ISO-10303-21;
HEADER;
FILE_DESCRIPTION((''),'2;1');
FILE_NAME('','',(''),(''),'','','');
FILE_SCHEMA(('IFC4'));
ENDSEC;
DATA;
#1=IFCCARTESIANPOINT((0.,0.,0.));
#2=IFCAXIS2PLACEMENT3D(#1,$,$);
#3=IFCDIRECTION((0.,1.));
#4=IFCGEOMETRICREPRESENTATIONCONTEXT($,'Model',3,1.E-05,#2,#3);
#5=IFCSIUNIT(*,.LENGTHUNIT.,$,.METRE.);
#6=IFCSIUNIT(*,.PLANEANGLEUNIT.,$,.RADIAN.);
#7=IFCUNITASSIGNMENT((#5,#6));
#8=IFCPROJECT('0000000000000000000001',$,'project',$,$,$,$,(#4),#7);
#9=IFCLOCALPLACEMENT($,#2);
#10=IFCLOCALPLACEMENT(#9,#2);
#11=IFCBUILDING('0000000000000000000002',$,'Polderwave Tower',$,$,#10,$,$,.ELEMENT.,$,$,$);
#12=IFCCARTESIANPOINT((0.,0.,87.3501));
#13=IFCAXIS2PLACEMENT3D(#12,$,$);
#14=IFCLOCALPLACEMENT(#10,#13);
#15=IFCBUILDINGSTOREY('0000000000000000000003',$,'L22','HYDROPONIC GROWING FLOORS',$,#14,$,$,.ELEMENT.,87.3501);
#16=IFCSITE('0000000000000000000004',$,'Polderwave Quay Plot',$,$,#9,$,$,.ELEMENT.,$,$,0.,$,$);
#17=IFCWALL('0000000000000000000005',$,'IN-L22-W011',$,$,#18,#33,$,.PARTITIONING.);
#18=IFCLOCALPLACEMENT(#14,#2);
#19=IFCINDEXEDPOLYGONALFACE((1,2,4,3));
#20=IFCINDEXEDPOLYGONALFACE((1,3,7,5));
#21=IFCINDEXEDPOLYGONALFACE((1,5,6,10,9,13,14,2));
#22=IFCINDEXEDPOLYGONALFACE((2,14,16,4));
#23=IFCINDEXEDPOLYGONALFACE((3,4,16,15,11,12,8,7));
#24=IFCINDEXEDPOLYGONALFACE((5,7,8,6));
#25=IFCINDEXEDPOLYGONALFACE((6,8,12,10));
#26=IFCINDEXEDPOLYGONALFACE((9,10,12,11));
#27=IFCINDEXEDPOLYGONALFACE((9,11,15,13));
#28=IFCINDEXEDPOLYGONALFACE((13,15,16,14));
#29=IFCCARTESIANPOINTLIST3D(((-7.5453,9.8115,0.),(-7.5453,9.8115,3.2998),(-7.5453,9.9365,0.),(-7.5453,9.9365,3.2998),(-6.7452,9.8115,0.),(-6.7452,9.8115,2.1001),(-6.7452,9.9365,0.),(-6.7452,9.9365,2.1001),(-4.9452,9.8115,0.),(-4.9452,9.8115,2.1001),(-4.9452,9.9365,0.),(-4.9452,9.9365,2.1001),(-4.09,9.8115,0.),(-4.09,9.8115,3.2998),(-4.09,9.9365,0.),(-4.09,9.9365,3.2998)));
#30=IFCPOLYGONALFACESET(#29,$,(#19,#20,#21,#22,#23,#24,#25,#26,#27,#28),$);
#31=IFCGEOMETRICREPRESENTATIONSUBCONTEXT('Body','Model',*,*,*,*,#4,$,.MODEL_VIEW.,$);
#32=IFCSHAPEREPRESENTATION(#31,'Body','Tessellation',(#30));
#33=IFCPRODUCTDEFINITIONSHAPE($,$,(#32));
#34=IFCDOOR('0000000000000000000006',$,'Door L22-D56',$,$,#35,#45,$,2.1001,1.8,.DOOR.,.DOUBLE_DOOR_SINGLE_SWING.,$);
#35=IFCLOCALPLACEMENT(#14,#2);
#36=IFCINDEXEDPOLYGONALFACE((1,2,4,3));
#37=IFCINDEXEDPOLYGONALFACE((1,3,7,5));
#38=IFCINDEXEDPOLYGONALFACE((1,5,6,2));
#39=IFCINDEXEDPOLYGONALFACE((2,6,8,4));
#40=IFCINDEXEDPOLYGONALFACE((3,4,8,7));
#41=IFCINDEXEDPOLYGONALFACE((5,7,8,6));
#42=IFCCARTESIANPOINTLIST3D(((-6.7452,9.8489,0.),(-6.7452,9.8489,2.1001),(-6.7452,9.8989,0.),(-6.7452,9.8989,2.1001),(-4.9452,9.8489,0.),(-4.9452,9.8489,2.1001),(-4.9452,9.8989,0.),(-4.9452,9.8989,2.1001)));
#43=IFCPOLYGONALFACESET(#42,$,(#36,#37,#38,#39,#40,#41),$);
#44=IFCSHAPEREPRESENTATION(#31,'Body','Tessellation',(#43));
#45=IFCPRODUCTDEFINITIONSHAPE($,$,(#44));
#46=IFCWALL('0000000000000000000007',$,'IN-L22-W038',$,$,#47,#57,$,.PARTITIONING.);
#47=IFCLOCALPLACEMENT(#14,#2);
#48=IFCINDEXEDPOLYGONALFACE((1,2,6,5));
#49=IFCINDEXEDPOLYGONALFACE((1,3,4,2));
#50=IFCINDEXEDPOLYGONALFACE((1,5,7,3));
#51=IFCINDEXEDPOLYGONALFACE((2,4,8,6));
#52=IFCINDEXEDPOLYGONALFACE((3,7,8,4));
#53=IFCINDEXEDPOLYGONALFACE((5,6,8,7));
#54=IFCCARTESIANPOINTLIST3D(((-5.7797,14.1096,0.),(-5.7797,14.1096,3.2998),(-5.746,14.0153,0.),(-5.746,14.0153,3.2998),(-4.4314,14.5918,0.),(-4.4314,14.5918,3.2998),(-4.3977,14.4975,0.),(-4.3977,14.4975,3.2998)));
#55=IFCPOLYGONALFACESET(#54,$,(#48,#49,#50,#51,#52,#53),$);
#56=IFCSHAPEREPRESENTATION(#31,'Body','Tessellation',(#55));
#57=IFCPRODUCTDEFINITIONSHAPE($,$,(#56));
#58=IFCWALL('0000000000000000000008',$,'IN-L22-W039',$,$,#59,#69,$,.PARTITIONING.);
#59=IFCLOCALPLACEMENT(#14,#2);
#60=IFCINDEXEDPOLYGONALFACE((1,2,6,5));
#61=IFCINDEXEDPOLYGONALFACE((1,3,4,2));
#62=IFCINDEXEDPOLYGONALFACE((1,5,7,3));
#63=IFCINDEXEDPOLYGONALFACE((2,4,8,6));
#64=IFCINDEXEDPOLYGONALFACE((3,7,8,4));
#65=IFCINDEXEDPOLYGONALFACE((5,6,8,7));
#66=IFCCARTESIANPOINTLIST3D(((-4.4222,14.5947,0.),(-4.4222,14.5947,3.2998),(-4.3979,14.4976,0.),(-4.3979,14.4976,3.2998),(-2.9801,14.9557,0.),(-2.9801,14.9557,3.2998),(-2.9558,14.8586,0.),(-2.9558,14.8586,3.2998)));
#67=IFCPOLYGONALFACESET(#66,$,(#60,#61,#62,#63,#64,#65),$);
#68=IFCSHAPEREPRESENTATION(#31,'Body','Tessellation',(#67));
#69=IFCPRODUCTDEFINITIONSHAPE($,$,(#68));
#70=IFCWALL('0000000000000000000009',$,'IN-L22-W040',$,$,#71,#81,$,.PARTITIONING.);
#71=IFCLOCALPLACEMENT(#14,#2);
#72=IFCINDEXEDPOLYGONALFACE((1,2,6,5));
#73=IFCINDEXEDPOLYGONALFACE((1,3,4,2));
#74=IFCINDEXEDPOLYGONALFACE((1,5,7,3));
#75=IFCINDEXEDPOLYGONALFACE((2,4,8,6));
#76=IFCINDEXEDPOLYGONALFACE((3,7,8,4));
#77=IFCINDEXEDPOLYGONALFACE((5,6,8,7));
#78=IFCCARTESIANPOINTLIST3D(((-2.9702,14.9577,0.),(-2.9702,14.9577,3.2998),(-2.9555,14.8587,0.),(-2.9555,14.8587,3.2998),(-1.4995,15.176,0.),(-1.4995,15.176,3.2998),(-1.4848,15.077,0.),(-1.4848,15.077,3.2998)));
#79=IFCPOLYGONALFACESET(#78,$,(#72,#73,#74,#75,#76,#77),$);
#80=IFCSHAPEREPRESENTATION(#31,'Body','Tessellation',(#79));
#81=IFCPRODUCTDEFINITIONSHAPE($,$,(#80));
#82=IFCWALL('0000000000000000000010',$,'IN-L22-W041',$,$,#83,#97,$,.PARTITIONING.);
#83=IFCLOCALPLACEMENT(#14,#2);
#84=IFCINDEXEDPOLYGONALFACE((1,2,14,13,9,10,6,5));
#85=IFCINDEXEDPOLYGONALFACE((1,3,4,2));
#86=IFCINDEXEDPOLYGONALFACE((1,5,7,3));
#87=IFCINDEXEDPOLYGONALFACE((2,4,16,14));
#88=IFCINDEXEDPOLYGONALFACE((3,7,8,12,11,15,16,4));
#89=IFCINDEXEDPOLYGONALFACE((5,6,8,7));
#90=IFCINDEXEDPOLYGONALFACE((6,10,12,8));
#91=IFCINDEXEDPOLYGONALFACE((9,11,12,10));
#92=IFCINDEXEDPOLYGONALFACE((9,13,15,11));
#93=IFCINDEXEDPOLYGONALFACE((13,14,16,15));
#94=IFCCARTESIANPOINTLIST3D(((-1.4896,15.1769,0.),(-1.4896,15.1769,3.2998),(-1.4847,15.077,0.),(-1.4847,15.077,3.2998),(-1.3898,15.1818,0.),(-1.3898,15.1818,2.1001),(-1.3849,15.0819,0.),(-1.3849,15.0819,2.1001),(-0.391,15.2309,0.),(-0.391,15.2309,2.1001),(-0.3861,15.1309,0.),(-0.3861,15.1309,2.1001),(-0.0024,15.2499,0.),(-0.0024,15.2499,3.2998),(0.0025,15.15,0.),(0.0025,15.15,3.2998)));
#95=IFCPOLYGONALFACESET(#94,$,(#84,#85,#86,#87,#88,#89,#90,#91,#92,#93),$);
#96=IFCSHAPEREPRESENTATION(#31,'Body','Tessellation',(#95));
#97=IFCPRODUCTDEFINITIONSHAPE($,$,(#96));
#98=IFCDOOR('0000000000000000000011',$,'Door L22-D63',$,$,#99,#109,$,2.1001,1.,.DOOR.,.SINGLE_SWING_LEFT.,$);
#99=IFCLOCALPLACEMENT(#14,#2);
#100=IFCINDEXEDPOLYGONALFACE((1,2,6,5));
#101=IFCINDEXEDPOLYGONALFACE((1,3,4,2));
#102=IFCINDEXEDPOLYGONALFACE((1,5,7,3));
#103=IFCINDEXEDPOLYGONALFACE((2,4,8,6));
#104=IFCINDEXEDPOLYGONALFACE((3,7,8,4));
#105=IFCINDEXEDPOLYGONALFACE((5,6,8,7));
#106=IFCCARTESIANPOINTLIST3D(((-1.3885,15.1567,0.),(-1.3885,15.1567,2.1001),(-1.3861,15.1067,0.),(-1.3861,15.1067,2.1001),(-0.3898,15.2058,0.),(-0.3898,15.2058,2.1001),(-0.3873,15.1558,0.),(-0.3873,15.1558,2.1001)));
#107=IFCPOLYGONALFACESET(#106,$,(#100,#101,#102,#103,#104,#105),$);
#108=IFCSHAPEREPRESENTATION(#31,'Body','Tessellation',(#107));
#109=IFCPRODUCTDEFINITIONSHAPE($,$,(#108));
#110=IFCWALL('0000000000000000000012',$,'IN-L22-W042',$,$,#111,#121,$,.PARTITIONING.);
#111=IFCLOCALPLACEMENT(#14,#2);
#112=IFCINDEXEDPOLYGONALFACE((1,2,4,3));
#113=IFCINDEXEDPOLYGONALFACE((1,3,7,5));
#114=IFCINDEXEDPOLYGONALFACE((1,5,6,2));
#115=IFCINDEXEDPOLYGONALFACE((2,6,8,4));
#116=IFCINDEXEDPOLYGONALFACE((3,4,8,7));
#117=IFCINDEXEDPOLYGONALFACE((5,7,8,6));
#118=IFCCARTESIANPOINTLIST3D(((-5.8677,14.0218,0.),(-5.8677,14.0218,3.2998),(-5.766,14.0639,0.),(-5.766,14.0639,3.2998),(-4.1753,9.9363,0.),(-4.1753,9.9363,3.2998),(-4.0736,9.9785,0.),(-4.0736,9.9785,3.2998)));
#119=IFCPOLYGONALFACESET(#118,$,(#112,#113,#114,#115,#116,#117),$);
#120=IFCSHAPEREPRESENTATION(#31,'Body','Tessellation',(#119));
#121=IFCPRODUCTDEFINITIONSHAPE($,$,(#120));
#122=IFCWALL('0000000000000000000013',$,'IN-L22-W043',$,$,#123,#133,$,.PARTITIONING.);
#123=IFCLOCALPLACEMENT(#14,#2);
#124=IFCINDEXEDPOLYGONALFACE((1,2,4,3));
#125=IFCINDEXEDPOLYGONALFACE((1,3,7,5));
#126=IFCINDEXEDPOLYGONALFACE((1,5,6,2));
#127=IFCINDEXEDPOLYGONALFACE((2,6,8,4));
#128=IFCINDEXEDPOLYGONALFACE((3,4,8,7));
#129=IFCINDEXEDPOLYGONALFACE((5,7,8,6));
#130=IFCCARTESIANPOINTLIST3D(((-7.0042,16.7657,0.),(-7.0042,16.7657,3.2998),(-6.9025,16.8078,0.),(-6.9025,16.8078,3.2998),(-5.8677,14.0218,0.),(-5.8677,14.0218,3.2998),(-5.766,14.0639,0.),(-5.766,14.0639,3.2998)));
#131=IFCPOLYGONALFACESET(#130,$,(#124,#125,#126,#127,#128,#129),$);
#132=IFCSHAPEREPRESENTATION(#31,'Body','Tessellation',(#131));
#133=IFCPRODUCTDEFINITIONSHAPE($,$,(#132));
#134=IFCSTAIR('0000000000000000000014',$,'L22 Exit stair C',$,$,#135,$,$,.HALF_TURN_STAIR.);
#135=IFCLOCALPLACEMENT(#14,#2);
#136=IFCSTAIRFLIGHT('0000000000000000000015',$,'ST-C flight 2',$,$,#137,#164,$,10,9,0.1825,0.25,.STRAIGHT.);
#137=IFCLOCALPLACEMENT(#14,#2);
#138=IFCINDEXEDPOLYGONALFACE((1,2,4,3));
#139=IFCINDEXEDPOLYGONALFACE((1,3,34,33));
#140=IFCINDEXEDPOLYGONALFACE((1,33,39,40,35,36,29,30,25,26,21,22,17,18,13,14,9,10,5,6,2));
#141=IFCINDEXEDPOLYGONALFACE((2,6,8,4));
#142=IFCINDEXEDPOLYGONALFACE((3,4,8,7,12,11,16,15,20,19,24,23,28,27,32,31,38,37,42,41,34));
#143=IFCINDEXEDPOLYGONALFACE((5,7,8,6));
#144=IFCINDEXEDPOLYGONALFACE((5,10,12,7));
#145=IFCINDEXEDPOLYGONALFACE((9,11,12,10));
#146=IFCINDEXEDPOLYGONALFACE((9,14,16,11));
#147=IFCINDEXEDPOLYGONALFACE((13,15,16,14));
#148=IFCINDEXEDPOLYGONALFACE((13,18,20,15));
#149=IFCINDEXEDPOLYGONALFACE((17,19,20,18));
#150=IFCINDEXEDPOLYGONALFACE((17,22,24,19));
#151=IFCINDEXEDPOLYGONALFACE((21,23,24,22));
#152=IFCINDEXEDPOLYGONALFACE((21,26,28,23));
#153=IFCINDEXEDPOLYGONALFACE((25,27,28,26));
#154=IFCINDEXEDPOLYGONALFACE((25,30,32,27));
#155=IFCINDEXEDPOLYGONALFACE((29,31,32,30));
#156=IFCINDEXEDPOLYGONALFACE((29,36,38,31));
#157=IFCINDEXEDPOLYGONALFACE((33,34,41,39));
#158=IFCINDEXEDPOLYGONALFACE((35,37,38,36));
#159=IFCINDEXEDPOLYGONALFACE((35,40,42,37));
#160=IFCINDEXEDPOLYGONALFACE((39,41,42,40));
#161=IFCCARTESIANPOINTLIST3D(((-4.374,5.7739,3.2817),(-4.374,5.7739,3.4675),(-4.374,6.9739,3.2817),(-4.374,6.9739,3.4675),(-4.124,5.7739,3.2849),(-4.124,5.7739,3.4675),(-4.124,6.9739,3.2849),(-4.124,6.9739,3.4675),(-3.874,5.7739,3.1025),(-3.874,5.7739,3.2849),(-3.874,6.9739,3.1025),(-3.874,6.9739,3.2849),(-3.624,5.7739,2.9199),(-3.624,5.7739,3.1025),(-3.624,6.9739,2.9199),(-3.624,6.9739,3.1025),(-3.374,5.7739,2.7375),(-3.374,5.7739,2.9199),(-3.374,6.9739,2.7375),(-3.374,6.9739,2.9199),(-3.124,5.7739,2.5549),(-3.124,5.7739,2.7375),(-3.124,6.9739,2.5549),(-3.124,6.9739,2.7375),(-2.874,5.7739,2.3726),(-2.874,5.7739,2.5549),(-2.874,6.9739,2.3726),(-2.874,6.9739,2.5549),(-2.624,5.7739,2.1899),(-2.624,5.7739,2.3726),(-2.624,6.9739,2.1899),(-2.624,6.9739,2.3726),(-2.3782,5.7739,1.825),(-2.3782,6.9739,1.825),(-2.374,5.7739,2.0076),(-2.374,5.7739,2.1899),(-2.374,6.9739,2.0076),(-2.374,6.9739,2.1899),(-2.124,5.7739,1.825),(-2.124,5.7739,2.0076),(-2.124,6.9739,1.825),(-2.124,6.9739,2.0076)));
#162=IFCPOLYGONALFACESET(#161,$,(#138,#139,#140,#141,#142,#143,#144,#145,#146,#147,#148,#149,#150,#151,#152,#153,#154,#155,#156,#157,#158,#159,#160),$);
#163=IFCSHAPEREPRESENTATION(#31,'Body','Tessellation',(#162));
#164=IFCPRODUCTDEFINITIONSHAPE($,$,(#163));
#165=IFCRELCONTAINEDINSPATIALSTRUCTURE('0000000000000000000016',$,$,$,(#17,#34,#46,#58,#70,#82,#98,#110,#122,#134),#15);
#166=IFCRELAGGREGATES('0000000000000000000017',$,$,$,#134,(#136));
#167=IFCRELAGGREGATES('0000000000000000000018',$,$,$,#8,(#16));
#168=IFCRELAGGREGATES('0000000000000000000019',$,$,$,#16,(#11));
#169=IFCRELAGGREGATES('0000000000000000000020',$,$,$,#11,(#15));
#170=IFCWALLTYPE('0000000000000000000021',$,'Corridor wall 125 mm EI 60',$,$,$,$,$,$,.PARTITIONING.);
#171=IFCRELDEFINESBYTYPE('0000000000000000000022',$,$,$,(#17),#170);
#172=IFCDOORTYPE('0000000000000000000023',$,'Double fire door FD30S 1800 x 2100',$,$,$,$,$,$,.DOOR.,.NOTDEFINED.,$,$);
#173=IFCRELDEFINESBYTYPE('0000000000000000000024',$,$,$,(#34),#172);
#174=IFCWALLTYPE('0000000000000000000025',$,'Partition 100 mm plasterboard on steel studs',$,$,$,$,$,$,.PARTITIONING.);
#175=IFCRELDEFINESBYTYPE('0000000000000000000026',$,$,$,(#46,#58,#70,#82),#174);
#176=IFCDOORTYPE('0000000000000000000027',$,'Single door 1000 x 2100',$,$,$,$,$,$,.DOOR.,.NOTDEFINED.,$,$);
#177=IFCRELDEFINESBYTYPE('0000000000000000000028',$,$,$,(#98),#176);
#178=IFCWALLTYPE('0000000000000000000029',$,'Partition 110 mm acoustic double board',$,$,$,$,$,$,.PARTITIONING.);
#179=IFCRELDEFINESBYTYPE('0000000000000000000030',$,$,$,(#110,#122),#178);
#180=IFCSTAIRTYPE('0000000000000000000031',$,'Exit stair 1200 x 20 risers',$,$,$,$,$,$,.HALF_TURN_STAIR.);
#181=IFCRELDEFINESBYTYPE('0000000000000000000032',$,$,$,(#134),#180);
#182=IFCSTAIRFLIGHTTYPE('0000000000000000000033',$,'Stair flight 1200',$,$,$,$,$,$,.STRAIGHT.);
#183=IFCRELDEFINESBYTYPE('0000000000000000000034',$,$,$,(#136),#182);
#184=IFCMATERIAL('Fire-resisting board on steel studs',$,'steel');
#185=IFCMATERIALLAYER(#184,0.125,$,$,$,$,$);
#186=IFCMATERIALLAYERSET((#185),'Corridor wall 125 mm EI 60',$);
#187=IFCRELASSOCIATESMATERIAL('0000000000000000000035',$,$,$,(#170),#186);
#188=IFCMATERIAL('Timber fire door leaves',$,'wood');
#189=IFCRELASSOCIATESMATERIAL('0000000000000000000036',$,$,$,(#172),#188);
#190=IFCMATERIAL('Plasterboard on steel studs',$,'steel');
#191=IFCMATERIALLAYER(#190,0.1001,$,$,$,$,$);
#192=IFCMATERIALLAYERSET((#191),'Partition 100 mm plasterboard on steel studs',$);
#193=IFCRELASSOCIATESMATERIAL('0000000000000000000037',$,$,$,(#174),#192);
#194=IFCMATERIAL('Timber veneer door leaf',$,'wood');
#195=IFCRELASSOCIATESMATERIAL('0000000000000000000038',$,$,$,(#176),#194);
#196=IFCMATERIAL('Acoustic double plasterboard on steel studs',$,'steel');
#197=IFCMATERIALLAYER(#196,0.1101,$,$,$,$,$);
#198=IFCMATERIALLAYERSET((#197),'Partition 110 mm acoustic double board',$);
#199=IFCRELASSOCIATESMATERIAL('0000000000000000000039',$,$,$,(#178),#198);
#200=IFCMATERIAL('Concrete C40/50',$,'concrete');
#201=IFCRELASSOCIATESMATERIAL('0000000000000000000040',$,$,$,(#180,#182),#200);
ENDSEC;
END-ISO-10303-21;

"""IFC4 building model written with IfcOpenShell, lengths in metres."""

from ifc_helpers import new_model, si_unit, direction, frame, frame_2d, origin, place, context, subcontext, project, spatial, polyline, rectangle, outline, extrude, material, layer, layer_set, type_object, element, fill, aggregate, save


model = new_model("IFC4")

# Units and contexts
model_context = context("Model", 3, precision=1e-05, world=origin(), true_north=direction((0.0, 1.0)))
body_context = subcontext(model_context, "Body", "Model", "MODEL_VIEW")
ifc_project = project(units=[si_unit("LENGTHUNIT", "METRE"), si_unit("PLANEANGLEUNIT", "RADIAN")], contexts=[model_context])

# Site, building, storey
site_placement = place(None, origin())
site = spatial("IfcSite", under=ifc_project, at=site_placement, Name="Polderwave Quay Plot", CompositionType="ELEMENT", RefElevation=0.0)
building_placement = place(site_placement, origin())
building = spatial("IfcBuilding", under=site, at=building_placement, Name="Polderwave Tower", CompositionType="ELEMENT")
storey_placement = place(building_placement, frame((0.0, 0.0, 87.3501)))
storey = spatial("IfcBuildingStorey", under=building, at=storey_placement, Name="L22", Description="HYDROPONIC GROWING FLOORS", CompositionType="ELEMENT", Elevation=87.3501)

# Wall, opening, door
ifc_material_1 = material(Name="Fire-resisting board on steel studs", Category="steel")
ifc_layer_1 = layer(ifc_material_1, 0.125)
ifc_layer_set_1 = layer_set([ifc_layer_1], Name="Corridor wall 125 mm EI 60")
wall_type_1 = type_object("IfcWallType", Name="Corridor wall 125 mm EI 60", PredefinedType="PARTITIONING", material=ifc_layer_set_1)
wall_1_placement = place(storey_placement, frame((-7.5452, 9.874, 0.0), z_axis=(0.0, 0.0, 1.0), x_axis=(1.0, 0.0, 0.0)))
wall_1 = element("IfcWall", 1, at=wall_1_placement, inside=storey, type_object=wall_type_1, Name="IN-L22-W011", PredefinedType="PARTITIONING", context=body_context, shape_type="SweptSolid", body=[
    extrude(rectangle(XDim=3.4553, YDim=0.125, at=frame_2d((1.7275, 0.0))), origin(), (0.0, 0.0, 1.0), 3.2998),
])
opening_1_placement = place(wall_1_placement, frame((0.8, 0.0, 0.0)))
opening_1 = element("IfcOpeningElement", 2, at=opening_1_placement, cuts=wall_1, PredefinedType="OPENING", context=body_context, shape_type="SweptSolid", body=[
    extrude(rectangle(XDim=1.8, YDim=2.1001, at=frame_2d((0.8999, 1.05))), frame((0.0, 0.0725, 0.0), z_axis=(0.0, -1.0, 0.0), x_axis=(1.0, 0.0, 0.0)), (0.0, 0.0, 1.0), 0.145),
])
ifc_material_2 = material(Name="Timber fire door leaves", Category="wood")
door_type_1 = type_object("IfcDoorType", Name="Double fire door FD30S 1800 x 2100", OperationType="NOTDEFINED", PredefinedType="DOOR", material=ifc_material_2)
door_1_placement = place(opening_1_placement, origin())
door_1 = element("IfcDoor", 3, at=door_1_placement, inside=storey, type_object=door_type_1, Name="Door L22-D56", OperationType="DOUBLE_DOOR_SINGLE_SWING", OverallHeight=2.1001, OverallWidth=1.8, PredefinedType="DOOR", context=body_context, shape_type="SweptSolid", body=[
    extrude(rectangle(XDim=1.8, YDim=2.1001, at=frame_2d((0.8999, 1.05))), frame((0.0, 0.0249, 0.0), z_axis=(0.0, -1.0, 0.0), x_axis=(1.0, 0.0, 0.0)), (0.0, 0.0, 1.0), 0.05),
])
fill(opening_1, door_1)

# Walls
ifc_material_3 = material(Name="Plasterboard on steel studs", Category="steel")
ifc_layer_2 = layer(ifc_material_3, 0.1001)
ifc_layer_set_2 = layer_set([ifc_layer_2], Name="Partition 100 mm plasterboard on steel studs")
wall_type_2 = type_object("IfcWallType", Name="Partition 100 mm plasterboard on steel studs", PredefinedType="PARTITIONING", material=ifc_layer_set_2)
wall_2_placement = place(storey_placement, frame((-5.7627, 14.0625, 0.0), z_axis=(0.0, 0.0, 1.0), x_axis=(0.941587, 0.336768, 0.0)))
element("IfcWall", 4, at=wall_2_placement, inside=storey, type_object=wall_type_2, Name="IN-L22-W038", PredefinedType="PARTITIONING", context=body_context, shape_type="SweptSolid", body=[
    extrude(rectangle(XDim=1.4319, YDim=0.1001, at=frame_2d((0.7158, 0.0))), origin(), (0.0, 0.0, 1.0), 3.2998),
])
wall_3_placement = place(storey_placement, frame((-4.4099, 14.5461, 0.0), z_axis=(0.0, 0.0, 1.0), x_axis=(0.970055, 0.242883, 0.0)))
element("IfcWall", 5, at=wall_3_placement, inside=storey, type_object=wall_type_2, Name="IN-L22-W039", PredefinedType="PARTITIONING", context=body_context, shape_type="SweptSolid", body=[
    extrude(rectangle(XDim=1.4866, YDim=0.1001, at=frame_2d((0.7432, 0.0))), origin(), (0.0, 0.0, 1.0), 3.2998),
])
wall_4_placement = place(storey_placement, frame((-2.9629, 14.9082, 0.0), z_axis=(0.0, 0.0, 1.0), x_axis=(0.989166, 0.146799, 0.0)))
element("IfcWall", 6, at=wall_4_placement, inside=storey, type_object=wall_type_2, Name="IN-L22-W040", PredefinedType="PARTITIONING", context=body_context, shape_type="SweptSolid", body=[
    extrude(rectangle(XDim=1.4868, YDim=0.1001, at=frame_2d((0.7434, 0.0))), origin(), (0.0, 0.0, 1.0), 3.2998),
])

# Wall, opening, door
wall_5_placement = place(storey_placement, frame((-1.4873, 15.127, 0.0), z_axis=(0.0, 0.0, 1.0), x_axis=(0.998798, 0.049022, 0.0)))
wall_5 = element("IfcWall", 7, at=wall_5_placement, inside=storey, type_object=wall_type_2, Name="IN-L22-W041", PredefinedType="PARTITIONING", context=body_context, shape_type="SweptSolid", body=[
    extrude(rectangle(XDim=1.489, YDim=0.1001, at=frame_2d((0.7446, 0.0))), origin(), (0.0, 0.0, 1.0), 3.2998),
])
opening_2_placement = place(wall_5_placement, frame((0.1001, 0.0, 0.0)))
opening_2 = element("IfcOpeningElement", 8, at=opening_2_placement, cuts=wall_5, PredefinedType="OPENING", context=body_context, shape_type="SweptSolid", body=[
    extrude(rectangle(XDim=1.0, YDim=2.1001, at=frame_2d((0.5, 1.05))), frame((0.0, 0.0601, 0.0), z_axis=(0.0, -1.0, 0.0), x_axis=(1.0, 0.0, 0.0)), (0.0, 0.0, 1.0), 0.1201),
])
ifc_material_4 = material(Name="Timber veneer door leaf", Category="wood")
door_type_2 = type_object("IfcDoorType", Name="Single door 1000 x 2100", OperationType="NOTDEFINED", PredefinedType="DOOR", material=ifc_material_4)
door_2_placement = place(opening_2_placement, origin())
door_2 = element("IfcDoor", 9, at=door_2_placement, inside=storey, type_object=door_type_2, Name="Door L22-D63", OperationType="SINGLE_SWING_LEFT", OverallHeight=2.1001, OverallWidth=1.0, PredefinedType="DOOR", context=body_context, shape_type="SweptSolid", body=[
    extrude(rectangle(XDim=1.0, YDim=2.1001, at=frame_2d((0.5, 1.05))), frame((0.0, 0.0249, 0.0), z_axis=(0.0, -1.0, 0.0), x_axis=(1.0, 0.0, 0.0)), (0.0, 0.0, 1.0), 0.05),
])
fill(opening_2, door_2)

# Walls
ifc_material_5 = material(Name="Acoustic double plasterboard on steel studs", Category="steel")
ifc_layer_3 = layer(ifc_material_5, 0.1101)
ifc_layer_set_3 = layer_set([ifc_layer_3], Name="Partition 110 mm acoustic double board")
wall_type_3 = type_object("IfcWallType", Name="Partition 110 mm acoustic double board", PredefinedType="PARTITIONING", material=ifc_layer_set_3)
wall_6_placement = place(storey_placement, frame((-4.1245, 9.9575, 0.0), z_axis=(0.0, 0.0, 1.0), x_axis=(-0.382709, 0.923869, 0.0)))
element("IfcWall", 10, at=wall_6_placement, inside=storey, type_object=wall_type_3, Name="IN-L22-W042", PredefinedType="PARTITIONING", context=body_context, shape_type="SweptSolid", body=[
    extrude(rectangle(XDim=4.4221, YDim=0.1101, at=frame_2d((2.2109, 0.0))), origin(), (0.0, 0.0, 1.0), 3.2998),
])
wall_7_placement = place(storey_placement, frame((-5.8169, 14.043, 0.0), z_axis=(0.0, 0.0, 1.0), x_axis=(-0.382659, 0.92389, 0.0)))
element("IfcWall", 11, at=wall_7_placement, inside=storey, type_object=wall_type_3, Name="IN-L22-W043", PredefinedType="PARTITIONING", context=body_context, shape_type="SweptSolid", body=[
    extrude(rectangle(XDim=2.97, YDim=0.1101, at=frame_2d((1.4849, 0.0))), origin(), (0.0, 0.0, 1.0), 3.2998),
])

# Stair, stair flight
ifc_material_6 = material(Name="Concrete C40/50", Category="concrete")
stair_type = type_object("IfcStairType", Name="Exit stair 1200 x 20 risers", PredefinedType="HALF_TURN_STAIR", material=ifc_material_6)
stair_placement = place(storey_placement, origin())
stair = element("IfcStair", 12, at=stair_placement, inside=storey, type_object=stair_type, Name="L22 Exit stair C", PredefinedType="HALF_TURN_STAIR")
stair_flight_type = type_object("IfcStairFlightType", Name="Stair flight 1200", PredefinedType="STRAIGHT", material=ifc_material_6)
stair_flight_placement = place(storey_placement, frame((-2.124, 6.374, 1.825), z_axis=(0.0, 0.0, 1.0), x_axis=(-1.0, 0.0, 0.0)))
stair_flight = element("IfcStairFlight", 13, at=stair_flight_placement, type_object=stair_flight_type, Name="ST-C flight 2", NumberOfRisers=10, NumberOfTreads=9, PredefinedType="STRAIGHT", RiserHeight=0.1825, TreadLength=0.25, context=body_context, shape_type="SweptSolid", body=[
    extrude(outline(polyline([(0.0, 0.0), (0.0, 0.1826), (0.25, 0.1826), (0.25, 0.365), (0.5, 0.365), (0.5, 0.5476), (0.75, 0.5476), (0.75, 0.73), (1.0, 0.73), (1.0, 0.9126), (1.25, 0.9126), (1.25, 1.095), (1.5, 1.095), (1.5, 1.2776), (1.75, 1.2776), (1.75, 1.46), (2.0, 1.46), (2.0, 1.6426), (2.25, 1.6426), (2.25, 1.825), (2.25, 1.4568), (0.2542, 0.0), (0.0, 0.0)])), frame((0.0, 0.6001, 0.0), z_axis=(0.0, -1.0, 0.0), x_axis=(1.0, 0.0, 0.0)), (0.0, 0.0, 1.0), 1.2),
])
aggregate(stair, [stair_flight])

save(model, "model.ifc")
